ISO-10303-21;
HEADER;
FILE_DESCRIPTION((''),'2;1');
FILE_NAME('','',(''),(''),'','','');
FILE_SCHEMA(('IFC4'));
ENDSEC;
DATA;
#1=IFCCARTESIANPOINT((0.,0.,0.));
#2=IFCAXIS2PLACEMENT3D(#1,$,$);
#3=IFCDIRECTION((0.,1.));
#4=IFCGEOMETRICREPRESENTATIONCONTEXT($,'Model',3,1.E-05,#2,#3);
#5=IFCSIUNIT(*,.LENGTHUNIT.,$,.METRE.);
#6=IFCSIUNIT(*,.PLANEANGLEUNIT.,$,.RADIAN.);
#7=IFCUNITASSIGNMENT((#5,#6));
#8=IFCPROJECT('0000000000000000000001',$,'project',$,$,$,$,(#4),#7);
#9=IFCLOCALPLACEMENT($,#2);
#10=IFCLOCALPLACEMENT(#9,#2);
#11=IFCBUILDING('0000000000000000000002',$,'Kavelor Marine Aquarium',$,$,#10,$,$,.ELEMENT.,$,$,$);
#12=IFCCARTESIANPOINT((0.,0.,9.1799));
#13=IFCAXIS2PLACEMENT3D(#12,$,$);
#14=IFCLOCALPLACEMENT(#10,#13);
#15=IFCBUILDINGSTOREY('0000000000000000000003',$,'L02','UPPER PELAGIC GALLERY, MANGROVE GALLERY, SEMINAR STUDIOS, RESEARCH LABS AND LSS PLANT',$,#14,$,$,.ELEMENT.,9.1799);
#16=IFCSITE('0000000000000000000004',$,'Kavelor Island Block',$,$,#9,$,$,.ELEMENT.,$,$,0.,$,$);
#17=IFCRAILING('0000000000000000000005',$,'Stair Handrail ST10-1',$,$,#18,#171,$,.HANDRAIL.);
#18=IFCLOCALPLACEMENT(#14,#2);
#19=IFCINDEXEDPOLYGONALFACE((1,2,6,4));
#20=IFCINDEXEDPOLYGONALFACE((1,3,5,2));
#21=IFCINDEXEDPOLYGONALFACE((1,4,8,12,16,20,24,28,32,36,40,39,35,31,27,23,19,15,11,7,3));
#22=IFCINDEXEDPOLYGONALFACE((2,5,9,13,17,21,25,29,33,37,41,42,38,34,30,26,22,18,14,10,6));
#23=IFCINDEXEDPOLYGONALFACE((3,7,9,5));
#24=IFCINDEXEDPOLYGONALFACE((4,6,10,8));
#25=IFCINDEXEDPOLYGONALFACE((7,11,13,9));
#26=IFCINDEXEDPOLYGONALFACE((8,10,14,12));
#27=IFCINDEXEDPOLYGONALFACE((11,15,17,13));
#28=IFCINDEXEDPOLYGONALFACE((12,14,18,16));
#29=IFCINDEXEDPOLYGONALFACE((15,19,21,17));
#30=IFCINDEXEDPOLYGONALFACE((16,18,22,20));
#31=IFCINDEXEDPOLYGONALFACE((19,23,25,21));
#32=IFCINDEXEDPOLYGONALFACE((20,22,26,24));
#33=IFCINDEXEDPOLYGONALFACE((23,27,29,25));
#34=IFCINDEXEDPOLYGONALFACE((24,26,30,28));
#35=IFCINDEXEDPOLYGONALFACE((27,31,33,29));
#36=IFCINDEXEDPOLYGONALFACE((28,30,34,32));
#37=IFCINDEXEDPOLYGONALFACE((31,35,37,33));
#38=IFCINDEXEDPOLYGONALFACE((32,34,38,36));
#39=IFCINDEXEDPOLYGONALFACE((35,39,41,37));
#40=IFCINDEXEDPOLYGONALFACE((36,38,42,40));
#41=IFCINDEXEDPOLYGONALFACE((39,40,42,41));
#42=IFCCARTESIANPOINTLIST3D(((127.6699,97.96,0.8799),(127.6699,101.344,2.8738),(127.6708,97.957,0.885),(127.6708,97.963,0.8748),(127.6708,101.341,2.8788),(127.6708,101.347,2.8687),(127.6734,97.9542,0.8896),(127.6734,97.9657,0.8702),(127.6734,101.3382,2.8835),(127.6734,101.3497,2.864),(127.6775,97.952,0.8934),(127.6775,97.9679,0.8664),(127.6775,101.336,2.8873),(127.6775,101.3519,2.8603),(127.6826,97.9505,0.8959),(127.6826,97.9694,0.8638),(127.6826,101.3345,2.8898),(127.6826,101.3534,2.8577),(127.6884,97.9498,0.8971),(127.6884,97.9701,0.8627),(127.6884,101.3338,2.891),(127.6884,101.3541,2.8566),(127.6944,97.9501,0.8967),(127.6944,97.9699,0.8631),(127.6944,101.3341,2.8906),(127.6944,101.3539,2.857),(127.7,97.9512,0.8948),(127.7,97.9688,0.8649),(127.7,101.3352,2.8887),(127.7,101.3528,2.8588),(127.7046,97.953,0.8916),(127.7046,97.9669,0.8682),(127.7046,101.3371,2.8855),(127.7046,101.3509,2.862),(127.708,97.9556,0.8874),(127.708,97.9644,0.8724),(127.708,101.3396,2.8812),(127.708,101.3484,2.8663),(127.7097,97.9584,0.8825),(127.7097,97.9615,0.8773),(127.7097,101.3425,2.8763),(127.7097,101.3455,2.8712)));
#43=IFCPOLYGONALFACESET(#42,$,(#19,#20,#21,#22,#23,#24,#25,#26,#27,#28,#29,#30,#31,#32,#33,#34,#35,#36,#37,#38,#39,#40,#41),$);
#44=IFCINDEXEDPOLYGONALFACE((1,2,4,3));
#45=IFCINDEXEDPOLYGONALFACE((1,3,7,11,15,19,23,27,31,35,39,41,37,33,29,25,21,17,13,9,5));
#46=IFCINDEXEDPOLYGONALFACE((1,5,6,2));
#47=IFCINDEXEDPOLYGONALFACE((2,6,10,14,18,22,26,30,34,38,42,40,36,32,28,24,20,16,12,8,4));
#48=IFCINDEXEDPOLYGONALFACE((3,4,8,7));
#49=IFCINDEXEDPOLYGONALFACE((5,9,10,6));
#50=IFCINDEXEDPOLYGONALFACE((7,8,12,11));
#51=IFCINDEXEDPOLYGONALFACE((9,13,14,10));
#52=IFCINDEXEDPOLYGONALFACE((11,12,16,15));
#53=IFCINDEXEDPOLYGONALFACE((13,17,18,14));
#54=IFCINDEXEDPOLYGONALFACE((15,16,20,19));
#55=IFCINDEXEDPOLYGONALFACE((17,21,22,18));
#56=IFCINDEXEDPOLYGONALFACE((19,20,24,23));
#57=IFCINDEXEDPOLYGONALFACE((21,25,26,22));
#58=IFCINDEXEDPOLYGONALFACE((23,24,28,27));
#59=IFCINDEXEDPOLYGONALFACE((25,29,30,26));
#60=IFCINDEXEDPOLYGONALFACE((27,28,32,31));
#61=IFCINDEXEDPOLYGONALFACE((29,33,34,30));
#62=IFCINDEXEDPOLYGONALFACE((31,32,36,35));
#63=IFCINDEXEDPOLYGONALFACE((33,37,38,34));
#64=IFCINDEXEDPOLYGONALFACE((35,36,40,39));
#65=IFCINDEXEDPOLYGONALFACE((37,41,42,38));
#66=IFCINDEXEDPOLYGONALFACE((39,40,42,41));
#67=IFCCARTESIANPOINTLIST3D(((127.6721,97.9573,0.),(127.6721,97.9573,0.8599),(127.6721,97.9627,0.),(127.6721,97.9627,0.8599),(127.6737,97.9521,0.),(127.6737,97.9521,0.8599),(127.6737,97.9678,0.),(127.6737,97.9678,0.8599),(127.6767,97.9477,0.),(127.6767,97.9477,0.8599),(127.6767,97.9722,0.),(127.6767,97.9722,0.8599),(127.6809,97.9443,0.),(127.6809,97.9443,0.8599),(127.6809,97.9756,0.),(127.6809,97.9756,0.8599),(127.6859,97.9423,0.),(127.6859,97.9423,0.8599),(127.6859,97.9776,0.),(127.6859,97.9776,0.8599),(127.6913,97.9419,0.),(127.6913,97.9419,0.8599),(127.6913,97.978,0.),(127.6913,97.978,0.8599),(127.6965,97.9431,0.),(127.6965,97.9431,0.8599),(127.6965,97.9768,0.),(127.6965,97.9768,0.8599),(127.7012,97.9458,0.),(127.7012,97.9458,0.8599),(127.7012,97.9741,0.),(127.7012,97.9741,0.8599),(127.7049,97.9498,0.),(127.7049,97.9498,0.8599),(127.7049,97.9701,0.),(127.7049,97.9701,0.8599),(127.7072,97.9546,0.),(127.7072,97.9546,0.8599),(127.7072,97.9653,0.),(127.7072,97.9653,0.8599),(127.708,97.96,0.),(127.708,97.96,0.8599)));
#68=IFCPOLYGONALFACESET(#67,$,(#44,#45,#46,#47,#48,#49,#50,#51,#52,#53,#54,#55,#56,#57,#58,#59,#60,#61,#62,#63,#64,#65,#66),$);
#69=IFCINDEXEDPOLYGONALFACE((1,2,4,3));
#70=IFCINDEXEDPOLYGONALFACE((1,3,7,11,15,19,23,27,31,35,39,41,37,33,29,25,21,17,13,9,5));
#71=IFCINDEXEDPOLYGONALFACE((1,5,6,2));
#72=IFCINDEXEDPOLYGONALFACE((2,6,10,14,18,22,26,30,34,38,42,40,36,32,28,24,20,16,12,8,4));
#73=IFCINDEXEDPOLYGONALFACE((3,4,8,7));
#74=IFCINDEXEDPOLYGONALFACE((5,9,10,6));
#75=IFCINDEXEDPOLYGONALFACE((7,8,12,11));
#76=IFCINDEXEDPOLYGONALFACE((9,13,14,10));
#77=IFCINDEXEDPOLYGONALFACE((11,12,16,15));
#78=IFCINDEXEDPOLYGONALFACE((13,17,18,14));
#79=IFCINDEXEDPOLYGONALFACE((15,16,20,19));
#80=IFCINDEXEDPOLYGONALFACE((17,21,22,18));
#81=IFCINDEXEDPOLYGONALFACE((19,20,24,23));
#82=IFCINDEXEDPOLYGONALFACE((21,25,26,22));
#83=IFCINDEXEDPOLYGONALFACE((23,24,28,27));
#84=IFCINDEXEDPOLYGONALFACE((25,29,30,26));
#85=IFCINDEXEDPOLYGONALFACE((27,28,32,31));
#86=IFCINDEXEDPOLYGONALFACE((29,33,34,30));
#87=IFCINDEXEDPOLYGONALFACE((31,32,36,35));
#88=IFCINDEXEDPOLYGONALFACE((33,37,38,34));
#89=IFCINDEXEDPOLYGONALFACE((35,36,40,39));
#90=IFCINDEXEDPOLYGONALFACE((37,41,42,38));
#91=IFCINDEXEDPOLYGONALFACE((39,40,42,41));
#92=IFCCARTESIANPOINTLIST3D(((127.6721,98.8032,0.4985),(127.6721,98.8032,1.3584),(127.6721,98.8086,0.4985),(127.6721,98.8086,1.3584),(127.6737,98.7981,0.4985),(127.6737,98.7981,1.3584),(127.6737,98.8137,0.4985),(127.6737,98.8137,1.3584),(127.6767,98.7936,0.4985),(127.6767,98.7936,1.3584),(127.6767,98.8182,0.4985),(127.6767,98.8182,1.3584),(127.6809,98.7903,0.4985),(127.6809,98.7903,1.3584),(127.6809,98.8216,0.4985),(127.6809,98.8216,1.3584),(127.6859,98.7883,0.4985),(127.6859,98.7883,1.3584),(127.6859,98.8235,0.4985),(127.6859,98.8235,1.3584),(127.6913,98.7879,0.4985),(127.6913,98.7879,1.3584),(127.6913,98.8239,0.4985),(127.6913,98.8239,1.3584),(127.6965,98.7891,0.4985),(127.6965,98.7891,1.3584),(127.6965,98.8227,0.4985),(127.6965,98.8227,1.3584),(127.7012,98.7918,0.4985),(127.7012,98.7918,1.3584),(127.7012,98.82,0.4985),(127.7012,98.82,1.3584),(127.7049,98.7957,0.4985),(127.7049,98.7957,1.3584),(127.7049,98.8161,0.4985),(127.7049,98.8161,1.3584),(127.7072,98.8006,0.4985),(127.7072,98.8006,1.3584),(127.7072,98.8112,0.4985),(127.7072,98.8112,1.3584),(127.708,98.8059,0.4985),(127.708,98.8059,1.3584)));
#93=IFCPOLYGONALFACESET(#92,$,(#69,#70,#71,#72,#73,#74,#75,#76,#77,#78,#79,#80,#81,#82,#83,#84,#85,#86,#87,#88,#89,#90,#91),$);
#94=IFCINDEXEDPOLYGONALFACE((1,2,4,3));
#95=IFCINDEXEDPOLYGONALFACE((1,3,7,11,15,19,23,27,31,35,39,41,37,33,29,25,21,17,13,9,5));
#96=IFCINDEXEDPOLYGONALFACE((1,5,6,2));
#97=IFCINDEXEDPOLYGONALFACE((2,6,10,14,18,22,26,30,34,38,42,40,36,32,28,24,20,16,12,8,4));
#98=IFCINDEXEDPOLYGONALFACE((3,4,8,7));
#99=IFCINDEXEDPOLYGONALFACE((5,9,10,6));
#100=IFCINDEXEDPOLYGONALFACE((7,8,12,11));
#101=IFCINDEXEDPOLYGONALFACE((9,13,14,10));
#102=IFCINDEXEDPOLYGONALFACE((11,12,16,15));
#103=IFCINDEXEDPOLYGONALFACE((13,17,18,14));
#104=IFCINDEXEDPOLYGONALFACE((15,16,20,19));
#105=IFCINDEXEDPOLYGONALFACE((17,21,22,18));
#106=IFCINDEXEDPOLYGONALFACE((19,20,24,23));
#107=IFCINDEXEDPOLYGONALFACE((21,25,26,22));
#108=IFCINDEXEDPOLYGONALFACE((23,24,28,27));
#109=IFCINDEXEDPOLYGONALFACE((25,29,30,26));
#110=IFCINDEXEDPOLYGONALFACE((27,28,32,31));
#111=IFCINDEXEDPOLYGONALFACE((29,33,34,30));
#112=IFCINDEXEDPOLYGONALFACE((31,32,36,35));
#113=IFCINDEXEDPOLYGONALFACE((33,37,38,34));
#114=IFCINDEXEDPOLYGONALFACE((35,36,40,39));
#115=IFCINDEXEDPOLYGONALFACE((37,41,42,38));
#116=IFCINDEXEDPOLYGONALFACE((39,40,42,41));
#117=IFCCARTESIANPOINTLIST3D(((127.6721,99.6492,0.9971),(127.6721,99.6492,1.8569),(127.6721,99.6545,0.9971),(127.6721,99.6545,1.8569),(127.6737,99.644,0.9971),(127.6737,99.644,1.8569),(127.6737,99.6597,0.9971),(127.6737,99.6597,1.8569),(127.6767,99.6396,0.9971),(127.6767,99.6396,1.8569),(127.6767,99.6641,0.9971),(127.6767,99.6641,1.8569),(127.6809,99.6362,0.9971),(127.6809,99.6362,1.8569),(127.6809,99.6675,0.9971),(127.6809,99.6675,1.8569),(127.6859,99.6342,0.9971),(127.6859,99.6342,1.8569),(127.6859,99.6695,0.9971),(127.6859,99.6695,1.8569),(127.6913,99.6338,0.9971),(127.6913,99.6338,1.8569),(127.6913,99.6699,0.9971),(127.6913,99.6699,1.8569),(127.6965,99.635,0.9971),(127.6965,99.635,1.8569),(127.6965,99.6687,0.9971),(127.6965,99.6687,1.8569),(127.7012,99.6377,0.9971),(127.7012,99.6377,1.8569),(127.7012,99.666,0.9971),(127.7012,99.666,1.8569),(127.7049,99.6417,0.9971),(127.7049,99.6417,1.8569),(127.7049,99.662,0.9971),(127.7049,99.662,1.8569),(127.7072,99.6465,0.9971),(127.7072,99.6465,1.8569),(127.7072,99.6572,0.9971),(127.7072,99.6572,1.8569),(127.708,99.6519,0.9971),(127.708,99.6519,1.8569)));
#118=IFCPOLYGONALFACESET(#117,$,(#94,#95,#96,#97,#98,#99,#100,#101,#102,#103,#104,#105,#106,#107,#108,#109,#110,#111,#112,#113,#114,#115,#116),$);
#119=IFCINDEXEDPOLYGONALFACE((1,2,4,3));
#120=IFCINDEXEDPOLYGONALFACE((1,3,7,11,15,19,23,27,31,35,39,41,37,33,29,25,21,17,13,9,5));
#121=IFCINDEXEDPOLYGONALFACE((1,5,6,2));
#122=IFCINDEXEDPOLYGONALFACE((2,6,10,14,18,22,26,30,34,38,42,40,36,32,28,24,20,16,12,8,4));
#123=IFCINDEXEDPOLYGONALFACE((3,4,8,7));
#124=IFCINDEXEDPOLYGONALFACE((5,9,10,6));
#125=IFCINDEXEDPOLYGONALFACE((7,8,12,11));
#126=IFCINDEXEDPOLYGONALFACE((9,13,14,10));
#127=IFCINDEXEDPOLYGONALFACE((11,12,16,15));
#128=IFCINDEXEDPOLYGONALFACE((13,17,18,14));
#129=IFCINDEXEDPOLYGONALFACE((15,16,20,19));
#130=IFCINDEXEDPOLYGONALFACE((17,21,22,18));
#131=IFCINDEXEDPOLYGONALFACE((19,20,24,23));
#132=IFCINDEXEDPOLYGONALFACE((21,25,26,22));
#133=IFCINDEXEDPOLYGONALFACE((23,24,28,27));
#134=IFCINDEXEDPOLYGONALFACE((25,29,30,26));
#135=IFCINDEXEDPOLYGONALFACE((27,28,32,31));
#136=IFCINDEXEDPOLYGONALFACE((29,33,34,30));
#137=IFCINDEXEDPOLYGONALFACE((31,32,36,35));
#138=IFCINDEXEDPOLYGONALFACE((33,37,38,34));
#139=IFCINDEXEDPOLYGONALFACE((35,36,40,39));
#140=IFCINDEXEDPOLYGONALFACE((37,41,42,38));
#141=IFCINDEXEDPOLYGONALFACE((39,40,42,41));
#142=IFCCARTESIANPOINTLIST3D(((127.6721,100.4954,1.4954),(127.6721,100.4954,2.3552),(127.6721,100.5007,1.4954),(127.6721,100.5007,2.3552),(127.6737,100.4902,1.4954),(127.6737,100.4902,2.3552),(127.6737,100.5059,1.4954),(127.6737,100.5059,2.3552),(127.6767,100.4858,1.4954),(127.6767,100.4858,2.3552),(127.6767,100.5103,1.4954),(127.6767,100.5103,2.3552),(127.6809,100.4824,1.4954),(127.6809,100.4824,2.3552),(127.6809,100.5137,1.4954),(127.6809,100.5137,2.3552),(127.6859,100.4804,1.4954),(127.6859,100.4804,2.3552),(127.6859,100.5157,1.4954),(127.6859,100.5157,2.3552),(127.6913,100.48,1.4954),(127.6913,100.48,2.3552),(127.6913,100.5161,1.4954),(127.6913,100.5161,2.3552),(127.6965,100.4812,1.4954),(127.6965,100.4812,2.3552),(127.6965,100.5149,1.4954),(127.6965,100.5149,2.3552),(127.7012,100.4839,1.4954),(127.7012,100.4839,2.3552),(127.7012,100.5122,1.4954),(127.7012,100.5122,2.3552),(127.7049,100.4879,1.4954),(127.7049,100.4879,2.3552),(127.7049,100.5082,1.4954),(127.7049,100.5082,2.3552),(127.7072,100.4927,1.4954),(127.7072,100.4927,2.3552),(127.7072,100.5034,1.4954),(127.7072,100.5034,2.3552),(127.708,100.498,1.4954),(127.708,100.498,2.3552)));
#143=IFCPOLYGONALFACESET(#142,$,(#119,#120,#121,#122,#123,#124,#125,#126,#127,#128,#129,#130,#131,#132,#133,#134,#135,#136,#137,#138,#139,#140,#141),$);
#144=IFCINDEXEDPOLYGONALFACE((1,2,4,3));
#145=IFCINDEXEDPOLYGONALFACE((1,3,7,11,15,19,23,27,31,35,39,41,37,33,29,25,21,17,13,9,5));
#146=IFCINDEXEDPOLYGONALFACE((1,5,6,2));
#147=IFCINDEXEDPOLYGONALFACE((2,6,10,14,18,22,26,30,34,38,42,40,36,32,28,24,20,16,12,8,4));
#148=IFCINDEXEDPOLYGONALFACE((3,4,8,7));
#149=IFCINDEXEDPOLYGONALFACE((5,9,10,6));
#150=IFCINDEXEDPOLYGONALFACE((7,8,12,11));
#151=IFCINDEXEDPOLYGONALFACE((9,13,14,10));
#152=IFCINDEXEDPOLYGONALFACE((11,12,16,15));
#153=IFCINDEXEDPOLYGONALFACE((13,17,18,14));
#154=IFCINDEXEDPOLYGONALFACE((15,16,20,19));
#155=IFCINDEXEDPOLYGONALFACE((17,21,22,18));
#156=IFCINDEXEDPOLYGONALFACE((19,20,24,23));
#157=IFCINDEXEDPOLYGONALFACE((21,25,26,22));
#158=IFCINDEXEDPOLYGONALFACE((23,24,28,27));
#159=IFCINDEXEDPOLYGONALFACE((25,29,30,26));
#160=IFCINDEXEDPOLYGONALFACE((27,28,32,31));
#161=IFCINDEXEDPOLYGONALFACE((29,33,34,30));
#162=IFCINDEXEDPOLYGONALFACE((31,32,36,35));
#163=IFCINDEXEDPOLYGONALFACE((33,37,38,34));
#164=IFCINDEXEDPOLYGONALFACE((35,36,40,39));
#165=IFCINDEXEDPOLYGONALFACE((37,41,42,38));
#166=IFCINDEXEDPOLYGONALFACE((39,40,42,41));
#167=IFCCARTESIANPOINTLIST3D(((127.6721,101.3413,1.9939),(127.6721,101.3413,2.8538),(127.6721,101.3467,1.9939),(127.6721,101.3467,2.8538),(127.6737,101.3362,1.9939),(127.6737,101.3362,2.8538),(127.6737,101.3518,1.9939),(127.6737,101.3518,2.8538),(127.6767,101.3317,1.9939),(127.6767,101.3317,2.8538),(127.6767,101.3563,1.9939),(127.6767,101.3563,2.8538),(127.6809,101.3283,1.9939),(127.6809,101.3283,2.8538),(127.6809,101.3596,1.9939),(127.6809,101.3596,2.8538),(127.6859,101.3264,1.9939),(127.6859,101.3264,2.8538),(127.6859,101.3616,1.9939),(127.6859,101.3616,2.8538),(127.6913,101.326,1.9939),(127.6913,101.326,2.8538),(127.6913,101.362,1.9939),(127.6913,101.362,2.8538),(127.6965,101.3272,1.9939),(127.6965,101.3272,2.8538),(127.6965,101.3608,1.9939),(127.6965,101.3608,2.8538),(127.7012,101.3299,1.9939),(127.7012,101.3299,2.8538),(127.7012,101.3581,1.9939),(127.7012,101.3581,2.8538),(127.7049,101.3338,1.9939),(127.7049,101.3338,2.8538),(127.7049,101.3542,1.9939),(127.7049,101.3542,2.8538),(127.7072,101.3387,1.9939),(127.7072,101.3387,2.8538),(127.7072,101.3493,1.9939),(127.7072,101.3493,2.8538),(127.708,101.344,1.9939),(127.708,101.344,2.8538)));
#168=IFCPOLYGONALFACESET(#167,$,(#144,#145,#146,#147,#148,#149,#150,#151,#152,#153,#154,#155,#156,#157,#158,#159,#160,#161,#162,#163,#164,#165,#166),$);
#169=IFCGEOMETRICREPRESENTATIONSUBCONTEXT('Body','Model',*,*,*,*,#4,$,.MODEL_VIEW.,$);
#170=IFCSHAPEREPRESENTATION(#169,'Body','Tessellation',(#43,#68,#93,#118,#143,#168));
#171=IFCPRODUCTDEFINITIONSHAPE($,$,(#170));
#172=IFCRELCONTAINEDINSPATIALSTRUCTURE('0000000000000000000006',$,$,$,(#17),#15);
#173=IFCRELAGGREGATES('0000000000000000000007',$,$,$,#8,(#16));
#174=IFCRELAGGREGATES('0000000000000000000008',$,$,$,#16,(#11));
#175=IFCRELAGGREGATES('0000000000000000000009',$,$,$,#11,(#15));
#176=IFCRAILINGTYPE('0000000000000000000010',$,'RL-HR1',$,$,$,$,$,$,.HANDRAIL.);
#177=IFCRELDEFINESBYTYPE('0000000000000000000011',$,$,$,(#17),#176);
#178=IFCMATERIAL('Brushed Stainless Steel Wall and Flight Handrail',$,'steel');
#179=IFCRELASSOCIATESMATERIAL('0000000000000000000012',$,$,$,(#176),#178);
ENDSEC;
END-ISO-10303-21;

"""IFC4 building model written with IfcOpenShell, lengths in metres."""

from ifc_helpers import new_model, si_unit, direction, frame, origin, origin_2d, place, context, subcontext, project, spatial, circle, extrude, material, type_object, element, save


model = new_model("IFC4")

# Units and contexts
model_context = context("Model", 3, precision=1e-05, world=origin(), true_north=direction((0.0, 1.0)))
body_context = subcontext(model_context, "Body", "Model", "MODEL_VIEW")
ifc_project = project(units=[si_unit("LENGTHUNIT", "METRE"), si_unit("PLANEANGLEUNIT", "RADIAN")], contexts=[model_context])

# Site, building, storey
site_placement = place(None, origin())
site = spatial("IfcSite", under=ifc_project, at=site_placement, Name="Kavelor Island Block", CompositionType="ELEMENT", RefElevation=0.0)
building_placement = place(site_placement, origin())
building = spatial("IfcBuilding", under=site, at=building_placement, Name="Kavelor Marine Aquarium", CompositionType="ELEMENT")
storey_placement = place(building_placement, frame((0.0, 0.0, 9.1799)))
storey = spatial("IfcBuildingStorey", under=building, at=storey_placement, Name="L02", Description="UPPER PELAGIC GALLERY, MANGROVE GALLERY, SEMINAR STUDIOS, RESEARCH LABS AND LSS PLANT", CompositionType="ELEMENT", Elevation=9.1799)

# Railing
ifc_material_1 = material(Name="Brushed Stainless Steel Wall and Flight Handrail", Category="steel")
railing_type_1 = type_object("IfcRailingType", Name="RL-HR1", PredefinedType="HANDRAIL", material=ifc_material_1)
railing_1_placement = place(storey_placement, frame((127.6899, 97.96, 0.0)))
element("IfcRailing", 1, at=railing_1_placement, inside=storey, type_object=railing_type_1, Name="Stair Handrail ST10-1", PredefinedType="HANDRAIL", context=body_context, shape_type="SweptSolid", body=[
    extrude(circle(Radius=0.02, at=origin_2d()), frame((0.0, 0.0, 0.8799), z_axis=(0.0, 0.861568, 0.507642), x_axis=(-1.0, 0.0, 0.0)), (0.0, 0.0, 1.0), 3.9277),
    extrude(circle(Radius=0.0181, at=origin_2d()), origin(), (0.0, 0.0, 1.0), 0.8599),
    extrude(circle(Radius=0.0181, at=origin_2d()), frame((0.0, 0.8459, 0.4985)), (0.0, 0.0, 1.0), 0.8599),
    extrude(circle(Radius=0.0181, at=origin_2d()), frame((0.0, 1.6919, 0.9971)), (0.0, 0.0, 1.0), 0.8599),
    extrude(circle(Radius=0.0181, at=origin_2d()), frame((0.0, 2.5381, 1.4954)), (0.0, 0.0, 1.0), 0.8599),
    extrude(circle(Radius=0.0181, at=origin_2d()), frame((0.0, 3.384, 1.9939)), (0.0, 0.0, 1.0), 0.8599),
])

save(model, "model.ifc")
